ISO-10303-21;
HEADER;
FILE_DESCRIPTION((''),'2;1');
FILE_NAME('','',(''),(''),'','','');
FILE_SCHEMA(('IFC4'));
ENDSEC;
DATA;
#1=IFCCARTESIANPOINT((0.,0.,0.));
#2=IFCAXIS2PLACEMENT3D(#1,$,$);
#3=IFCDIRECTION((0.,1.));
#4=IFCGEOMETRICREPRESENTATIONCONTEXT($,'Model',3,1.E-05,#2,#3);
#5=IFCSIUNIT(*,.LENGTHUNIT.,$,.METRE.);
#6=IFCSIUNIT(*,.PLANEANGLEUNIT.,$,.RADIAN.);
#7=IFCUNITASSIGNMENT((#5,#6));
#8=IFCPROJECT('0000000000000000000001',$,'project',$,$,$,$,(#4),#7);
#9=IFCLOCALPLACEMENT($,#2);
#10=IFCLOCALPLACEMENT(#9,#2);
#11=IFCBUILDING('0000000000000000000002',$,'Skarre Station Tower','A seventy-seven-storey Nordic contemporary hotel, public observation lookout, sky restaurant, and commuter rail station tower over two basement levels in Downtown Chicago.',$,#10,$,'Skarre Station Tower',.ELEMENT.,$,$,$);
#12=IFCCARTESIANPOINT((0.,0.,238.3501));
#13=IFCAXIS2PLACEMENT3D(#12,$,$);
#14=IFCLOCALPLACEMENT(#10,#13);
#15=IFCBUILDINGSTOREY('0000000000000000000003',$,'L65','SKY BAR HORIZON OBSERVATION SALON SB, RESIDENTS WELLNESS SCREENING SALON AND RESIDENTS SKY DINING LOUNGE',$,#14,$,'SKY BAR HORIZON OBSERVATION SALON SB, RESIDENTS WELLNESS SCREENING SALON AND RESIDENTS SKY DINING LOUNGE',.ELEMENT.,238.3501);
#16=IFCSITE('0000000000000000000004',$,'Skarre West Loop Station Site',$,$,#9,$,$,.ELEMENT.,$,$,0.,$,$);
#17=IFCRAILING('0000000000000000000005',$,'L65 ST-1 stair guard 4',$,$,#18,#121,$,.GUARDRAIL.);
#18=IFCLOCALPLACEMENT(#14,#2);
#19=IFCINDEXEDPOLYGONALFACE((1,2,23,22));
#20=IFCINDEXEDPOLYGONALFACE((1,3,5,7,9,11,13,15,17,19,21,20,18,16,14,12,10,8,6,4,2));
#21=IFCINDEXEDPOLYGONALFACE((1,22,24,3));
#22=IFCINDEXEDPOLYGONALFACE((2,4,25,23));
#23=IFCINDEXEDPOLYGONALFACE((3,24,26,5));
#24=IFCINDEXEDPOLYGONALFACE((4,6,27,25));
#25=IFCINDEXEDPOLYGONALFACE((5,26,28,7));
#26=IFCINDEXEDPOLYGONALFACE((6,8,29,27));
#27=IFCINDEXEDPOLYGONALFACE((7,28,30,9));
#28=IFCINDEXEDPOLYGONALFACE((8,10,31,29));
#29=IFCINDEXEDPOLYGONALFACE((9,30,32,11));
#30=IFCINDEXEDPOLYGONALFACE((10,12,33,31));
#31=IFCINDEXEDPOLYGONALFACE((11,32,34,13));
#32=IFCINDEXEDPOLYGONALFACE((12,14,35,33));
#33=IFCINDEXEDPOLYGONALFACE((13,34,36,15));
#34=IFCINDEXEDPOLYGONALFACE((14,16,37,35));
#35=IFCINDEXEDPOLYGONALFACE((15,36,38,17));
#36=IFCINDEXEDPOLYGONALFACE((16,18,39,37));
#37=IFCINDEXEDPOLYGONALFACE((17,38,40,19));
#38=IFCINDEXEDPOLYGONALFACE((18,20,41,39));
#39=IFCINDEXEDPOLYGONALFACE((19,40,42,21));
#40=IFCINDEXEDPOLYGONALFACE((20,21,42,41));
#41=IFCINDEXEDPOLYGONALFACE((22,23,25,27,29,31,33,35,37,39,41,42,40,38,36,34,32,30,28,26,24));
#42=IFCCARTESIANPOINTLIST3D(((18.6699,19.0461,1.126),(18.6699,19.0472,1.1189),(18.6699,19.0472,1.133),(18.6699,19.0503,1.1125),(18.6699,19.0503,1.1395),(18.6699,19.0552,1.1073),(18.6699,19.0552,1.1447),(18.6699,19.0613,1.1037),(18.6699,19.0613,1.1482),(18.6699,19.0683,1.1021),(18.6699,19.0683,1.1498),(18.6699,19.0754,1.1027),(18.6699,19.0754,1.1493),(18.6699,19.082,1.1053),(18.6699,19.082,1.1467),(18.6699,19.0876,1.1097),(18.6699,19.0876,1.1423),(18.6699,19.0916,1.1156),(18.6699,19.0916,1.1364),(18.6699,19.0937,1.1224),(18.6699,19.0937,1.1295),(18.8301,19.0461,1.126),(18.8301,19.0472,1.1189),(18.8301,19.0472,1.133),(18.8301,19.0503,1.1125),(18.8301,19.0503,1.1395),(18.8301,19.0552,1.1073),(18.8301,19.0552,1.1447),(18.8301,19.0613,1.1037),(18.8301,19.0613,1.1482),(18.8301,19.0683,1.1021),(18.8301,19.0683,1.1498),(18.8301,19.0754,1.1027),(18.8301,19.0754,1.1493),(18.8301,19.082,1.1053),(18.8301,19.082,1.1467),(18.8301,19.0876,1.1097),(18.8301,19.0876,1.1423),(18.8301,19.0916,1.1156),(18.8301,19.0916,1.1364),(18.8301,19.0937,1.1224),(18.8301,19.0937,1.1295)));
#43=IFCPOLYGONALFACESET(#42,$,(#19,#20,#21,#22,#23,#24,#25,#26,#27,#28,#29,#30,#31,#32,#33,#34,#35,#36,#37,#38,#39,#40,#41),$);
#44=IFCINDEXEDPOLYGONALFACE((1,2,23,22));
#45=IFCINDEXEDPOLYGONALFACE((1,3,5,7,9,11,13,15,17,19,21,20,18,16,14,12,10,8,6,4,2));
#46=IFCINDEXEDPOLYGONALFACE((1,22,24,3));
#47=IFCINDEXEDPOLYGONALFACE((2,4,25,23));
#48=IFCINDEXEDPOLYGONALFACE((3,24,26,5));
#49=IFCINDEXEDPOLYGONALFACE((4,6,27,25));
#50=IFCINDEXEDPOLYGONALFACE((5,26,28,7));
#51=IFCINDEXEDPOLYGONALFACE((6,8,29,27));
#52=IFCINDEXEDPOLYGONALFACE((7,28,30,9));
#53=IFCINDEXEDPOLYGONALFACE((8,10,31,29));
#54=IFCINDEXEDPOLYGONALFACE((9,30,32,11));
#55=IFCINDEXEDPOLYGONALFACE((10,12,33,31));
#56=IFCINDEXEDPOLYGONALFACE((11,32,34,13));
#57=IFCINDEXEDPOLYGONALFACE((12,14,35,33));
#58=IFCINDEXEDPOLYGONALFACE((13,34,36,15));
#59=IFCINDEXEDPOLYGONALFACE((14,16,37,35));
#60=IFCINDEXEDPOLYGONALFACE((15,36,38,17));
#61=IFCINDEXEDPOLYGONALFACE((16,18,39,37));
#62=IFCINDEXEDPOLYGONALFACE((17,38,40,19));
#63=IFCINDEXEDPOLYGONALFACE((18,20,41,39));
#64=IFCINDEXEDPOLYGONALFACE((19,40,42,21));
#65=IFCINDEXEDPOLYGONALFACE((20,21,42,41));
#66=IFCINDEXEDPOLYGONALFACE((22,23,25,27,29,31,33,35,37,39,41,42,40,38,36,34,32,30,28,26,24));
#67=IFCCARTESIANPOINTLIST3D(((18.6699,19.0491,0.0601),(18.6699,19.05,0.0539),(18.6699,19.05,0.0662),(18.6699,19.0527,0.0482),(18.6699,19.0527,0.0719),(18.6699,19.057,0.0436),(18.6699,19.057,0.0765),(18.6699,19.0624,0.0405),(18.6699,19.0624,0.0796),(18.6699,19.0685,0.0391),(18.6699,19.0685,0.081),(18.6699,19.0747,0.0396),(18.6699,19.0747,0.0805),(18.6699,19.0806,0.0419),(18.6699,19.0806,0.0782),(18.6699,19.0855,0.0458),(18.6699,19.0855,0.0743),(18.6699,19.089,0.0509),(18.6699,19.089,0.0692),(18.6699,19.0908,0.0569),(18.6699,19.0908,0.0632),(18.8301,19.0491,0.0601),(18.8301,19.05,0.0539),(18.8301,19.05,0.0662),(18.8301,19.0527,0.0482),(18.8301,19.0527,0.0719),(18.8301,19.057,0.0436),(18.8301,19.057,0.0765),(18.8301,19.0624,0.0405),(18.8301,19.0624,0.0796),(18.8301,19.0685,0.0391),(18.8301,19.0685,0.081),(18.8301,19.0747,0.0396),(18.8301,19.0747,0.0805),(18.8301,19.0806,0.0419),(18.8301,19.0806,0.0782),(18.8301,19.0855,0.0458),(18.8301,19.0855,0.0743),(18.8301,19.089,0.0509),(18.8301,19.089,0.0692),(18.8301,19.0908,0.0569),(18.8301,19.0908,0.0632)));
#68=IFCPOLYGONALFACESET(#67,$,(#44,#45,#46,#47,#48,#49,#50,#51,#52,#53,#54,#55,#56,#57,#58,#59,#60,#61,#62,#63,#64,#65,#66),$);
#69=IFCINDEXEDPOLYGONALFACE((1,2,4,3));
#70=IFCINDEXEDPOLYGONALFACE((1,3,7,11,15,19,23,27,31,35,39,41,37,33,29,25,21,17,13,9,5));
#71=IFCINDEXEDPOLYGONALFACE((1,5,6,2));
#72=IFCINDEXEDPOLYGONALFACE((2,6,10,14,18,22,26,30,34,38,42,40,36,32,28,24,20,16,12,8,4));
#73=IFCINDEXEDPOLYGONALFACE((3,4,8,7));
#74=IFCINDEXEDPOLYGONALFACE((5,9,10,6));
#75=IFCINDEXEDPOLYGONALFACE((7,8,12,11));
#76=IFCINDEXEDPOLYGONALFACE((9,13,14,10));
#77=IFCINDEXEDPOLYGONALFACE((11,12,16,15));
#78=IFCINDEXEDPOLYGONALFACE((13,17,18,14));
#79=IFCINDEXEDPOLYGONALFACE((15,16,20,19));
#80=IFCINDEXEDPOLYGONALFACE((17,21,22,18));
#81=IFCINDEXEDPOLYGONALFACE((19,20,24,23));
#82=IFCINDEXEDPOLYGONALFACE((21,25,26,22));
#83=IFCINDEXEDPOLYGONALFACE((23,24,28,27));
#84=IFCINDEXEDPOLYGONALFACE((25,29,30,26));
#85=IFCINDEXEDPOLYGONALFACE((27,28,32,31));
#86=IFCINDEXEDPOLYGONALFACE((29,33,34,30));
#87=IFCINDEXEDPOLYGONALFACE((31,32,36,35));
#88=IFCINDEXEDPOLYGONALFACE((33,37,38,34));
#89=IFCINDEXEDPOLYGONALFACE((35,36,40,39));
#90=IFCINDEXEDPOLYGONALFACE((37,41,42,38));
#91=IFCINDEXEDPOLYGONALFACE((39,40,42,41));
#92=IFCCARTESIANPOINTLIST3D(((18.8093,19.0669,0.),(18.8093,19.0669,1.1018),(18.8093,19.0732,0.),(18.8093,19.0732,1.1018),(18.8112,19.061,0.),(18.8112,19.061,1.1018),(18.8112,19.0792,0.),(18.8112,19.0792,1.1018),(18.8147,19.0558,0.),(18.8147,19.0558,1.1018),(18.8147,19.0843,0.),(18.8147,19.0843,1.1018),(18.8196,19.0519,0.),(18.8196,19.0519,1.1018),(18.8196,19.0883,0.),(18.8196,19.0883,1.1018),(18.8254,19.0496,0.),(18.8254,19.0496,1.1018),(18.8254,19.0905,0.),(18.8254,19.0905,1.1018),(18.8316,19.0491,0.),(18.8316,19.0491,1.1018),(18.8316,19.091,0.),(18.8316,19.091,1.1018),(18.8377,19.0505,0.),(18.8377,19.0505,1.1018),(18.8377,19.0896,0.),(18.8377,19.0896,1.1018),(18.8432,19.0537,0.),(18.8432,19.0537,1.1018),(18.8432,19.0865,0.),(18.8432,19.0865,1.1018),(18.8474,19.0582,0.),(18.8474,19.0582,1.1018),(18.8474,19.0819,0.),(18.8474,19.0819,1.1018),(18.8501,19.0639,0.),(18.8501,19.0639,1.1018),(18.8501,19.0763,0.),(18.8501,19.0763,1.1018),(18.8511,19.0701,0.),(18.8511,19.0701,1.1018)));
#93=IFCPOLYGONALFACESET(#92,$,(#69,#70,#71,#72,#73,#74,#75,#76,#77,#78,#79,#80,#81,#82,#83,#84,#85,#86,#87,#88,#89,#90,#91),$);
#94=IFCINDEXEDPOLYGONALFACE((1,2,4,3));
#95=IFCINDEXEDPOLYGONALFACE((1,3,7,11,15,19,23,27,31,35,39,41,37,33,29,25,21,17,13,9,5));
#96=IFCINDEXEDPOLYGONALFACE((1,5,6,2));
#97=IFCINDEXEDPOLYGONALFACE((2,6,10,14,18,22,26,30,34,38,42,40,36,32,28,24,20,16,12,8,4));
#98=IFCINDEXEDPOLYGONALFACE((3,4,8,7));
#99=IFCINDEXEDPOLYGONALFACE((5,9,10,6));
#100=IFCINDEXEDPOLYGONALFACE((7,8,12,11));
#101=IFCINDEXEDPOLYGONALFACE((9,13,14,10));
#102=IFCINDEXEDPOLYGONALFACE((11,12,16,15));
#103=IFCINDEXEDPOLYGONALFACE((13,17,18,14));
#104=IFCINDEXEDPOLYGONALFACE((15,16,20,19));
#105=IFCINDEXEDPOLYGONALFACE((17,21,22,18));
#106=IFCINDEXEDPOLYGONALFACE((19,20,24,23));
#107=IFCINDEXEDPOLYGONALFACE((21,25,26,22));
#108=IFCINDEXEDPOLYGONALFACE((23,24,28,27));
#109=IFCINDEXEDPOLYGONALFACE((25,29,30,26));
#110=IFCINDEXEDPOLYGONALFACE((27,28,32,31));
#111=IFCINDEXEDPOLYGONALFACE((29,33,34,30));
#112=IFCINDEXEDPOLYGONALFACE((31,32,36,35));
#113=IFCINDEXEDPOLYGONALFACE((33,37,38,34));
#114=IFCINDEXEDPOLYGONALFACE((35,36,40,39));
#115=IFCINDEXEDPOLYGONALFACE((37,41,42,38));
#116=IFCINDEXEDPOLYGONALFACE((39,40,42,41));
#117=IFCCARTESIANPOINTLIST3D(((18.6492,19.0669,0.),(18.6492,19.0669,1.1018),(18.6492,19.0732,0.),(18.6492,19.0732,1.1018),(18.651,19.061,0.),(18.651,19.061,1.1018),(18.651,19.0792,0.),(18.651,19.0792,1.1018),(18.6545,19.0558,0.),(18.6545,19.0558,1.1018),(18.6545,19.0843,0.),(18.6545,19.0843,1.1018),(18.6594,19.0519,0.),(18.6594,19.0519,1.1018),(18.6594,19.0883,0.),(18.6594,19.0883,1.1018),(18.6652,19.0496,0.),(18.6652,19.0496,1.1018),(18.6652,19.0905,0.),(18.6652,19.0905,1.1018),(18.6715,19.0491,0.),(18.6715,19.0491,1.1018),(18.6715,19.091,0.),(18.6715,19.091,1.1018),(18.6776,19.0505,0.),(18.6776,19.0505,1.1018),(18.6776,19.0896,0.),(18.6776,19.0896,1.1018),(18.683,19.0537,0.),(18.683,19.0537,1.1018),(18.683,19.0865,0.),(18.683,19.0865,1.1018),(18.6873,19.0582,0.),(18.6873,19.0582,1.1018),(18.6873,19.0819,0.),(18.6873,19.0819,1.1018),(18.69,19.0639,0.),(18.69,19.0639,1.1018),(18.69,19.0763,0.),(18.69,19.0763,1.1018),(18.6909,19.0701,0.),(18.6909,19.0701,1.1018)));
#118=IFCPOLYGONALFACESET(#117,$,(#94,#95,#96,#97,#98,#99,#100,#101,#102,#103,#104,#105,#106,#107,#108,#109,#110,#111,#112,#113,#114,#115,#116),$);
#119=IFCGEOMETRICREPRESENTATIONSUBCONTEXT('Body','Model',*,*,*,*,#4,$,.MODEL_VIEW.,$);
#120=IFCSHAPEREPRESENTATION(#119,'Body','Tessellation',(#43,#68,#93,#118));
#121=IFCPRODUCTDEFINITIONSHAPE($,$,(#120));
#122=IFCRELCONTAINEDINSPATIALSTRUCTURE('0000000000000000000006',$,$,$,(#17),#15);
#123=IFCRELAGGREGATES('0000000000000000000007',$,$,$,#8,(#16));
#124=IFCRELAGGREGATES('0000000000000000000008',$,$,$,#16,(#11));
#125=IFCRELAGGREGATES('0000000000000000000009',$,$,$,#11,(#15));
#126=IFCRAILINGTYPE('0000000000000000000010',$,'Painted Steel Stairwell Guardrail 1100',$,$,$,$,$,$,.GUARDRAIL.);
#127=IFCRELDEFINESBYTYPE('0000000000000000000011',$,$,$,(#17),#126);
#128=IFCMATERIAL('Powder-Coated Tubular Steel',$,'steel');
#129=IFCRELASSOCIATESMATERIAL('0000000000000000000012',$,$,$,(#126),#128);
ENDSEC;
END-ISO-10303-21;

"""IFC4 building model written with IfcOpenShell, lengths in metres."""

from ifc_helpers import new_model, si_unit, direction, frame, origin, origin_2d, place, context, subcontext, project, spatial, circle, extrude, material, type_object, element, save


model = new_model("IFC4")

# Units and contexts
model_context = context("Model", 3, precision=1e-05, world=origin(), true_north=direction((0.0, 1.0)))
body_context = subcontext(model_context, "Body", "Model", "MODEL_VIEW")
ifc_project = project(units=[si_unit("LENGTHUNIT", "METRE"), si_unit("PLANEANGLEUNIT", "RADIAN")], contexts=[model_context])

# Site, building, storey
site_placement = place(None, origin())
site = spatial("IfcSite", under=ifc_project, at=site_placement, Name="Skarre West Loop Station Site", CompositionType="ELEMENT", RefElevation=0.0)
building_placement = place(site_placement, origin())
building = spatial("IfcBuilding", under=site, at=building_placement, Name="Skarre Station Tower", Description="A seventy-seven-storey Nordic contemporary hotel, public observation lookout, sky restaurant, and commuter rail station tower over two basement levels in Downtown Chicago.", LongName="Skarre Station Tower", CompositionType="ELEMENT")
storey_placement = place(building_placement, frame((0.0, 0.0, 238.3501)))
storey = spatial("IfcBuildingStorey", under=building, at=storey_placement, Name="L65", Description="SKY BAR HORIZON OBSERVATION SALON SB, RESIDENTS WELLNESS SCREENING SALON AND RESIDENTS SKY DINING LOUNGE", LongName="SKY BAR HORIZON OBSERVATION SALON SB, RESIDENTS WELLNESS SCREENING SALON AND RESIDENTS SKY DINING LOUNGE", CompositionType="ELEMENT", Elevation=238.3501)

# Railing
ifc_material_1 = material(Name="Powder-Coated Tubular Steel", Category="steel")
railing_type_1 = type_object("IfcRailingType", Name="Painted Steel Stairwell Guardrail 1100", PredefinedType="GUARDRAIL", material=ifc_material_1)
railing_1_placement = place(storey_placement, frame((18.8301, 19.0701, 0.0)))
element("IfcRailing", 1, at=railing_1_placement, inside=storey, type_object=railing_type_1, Name="L65 ST-1 stair guard 4", PredefinedType="GUARDRAIL", context=body_context, shape_type="SweptSolid", body=[
    extrude(circle(Radius=0.0239, at=origin_2d()), frame((0.0, 0.0, 1.126), z_axis=(-1.0, 0.0, 0.0), x_axis=(0.0, -1.0, 0.0)), (0.0, 0.0, 1.0), 0.1602),
    extrude(circle(Radius=0.021, at=origin_2d()), frame((0.0, 0.0, 0.0601), z_axis=(-1.0, 0.0, 0.0), x_axis=(0.0, -1.0, 0.0)), (0.0, 0.0, 1.0), 0.1602),
    extrude(circle(Radius=0.021, at=origin_2d()), origin(), (0.0, 0.0, 1.0), 1.1018),
    extrude(circle(Radius=0.021, at=origin_2d()), frame((-0.1602, 0.0, 0.0)), (0.0, 0.0, 1.0), 1.1018),
])

save(model, "model.ifc")
